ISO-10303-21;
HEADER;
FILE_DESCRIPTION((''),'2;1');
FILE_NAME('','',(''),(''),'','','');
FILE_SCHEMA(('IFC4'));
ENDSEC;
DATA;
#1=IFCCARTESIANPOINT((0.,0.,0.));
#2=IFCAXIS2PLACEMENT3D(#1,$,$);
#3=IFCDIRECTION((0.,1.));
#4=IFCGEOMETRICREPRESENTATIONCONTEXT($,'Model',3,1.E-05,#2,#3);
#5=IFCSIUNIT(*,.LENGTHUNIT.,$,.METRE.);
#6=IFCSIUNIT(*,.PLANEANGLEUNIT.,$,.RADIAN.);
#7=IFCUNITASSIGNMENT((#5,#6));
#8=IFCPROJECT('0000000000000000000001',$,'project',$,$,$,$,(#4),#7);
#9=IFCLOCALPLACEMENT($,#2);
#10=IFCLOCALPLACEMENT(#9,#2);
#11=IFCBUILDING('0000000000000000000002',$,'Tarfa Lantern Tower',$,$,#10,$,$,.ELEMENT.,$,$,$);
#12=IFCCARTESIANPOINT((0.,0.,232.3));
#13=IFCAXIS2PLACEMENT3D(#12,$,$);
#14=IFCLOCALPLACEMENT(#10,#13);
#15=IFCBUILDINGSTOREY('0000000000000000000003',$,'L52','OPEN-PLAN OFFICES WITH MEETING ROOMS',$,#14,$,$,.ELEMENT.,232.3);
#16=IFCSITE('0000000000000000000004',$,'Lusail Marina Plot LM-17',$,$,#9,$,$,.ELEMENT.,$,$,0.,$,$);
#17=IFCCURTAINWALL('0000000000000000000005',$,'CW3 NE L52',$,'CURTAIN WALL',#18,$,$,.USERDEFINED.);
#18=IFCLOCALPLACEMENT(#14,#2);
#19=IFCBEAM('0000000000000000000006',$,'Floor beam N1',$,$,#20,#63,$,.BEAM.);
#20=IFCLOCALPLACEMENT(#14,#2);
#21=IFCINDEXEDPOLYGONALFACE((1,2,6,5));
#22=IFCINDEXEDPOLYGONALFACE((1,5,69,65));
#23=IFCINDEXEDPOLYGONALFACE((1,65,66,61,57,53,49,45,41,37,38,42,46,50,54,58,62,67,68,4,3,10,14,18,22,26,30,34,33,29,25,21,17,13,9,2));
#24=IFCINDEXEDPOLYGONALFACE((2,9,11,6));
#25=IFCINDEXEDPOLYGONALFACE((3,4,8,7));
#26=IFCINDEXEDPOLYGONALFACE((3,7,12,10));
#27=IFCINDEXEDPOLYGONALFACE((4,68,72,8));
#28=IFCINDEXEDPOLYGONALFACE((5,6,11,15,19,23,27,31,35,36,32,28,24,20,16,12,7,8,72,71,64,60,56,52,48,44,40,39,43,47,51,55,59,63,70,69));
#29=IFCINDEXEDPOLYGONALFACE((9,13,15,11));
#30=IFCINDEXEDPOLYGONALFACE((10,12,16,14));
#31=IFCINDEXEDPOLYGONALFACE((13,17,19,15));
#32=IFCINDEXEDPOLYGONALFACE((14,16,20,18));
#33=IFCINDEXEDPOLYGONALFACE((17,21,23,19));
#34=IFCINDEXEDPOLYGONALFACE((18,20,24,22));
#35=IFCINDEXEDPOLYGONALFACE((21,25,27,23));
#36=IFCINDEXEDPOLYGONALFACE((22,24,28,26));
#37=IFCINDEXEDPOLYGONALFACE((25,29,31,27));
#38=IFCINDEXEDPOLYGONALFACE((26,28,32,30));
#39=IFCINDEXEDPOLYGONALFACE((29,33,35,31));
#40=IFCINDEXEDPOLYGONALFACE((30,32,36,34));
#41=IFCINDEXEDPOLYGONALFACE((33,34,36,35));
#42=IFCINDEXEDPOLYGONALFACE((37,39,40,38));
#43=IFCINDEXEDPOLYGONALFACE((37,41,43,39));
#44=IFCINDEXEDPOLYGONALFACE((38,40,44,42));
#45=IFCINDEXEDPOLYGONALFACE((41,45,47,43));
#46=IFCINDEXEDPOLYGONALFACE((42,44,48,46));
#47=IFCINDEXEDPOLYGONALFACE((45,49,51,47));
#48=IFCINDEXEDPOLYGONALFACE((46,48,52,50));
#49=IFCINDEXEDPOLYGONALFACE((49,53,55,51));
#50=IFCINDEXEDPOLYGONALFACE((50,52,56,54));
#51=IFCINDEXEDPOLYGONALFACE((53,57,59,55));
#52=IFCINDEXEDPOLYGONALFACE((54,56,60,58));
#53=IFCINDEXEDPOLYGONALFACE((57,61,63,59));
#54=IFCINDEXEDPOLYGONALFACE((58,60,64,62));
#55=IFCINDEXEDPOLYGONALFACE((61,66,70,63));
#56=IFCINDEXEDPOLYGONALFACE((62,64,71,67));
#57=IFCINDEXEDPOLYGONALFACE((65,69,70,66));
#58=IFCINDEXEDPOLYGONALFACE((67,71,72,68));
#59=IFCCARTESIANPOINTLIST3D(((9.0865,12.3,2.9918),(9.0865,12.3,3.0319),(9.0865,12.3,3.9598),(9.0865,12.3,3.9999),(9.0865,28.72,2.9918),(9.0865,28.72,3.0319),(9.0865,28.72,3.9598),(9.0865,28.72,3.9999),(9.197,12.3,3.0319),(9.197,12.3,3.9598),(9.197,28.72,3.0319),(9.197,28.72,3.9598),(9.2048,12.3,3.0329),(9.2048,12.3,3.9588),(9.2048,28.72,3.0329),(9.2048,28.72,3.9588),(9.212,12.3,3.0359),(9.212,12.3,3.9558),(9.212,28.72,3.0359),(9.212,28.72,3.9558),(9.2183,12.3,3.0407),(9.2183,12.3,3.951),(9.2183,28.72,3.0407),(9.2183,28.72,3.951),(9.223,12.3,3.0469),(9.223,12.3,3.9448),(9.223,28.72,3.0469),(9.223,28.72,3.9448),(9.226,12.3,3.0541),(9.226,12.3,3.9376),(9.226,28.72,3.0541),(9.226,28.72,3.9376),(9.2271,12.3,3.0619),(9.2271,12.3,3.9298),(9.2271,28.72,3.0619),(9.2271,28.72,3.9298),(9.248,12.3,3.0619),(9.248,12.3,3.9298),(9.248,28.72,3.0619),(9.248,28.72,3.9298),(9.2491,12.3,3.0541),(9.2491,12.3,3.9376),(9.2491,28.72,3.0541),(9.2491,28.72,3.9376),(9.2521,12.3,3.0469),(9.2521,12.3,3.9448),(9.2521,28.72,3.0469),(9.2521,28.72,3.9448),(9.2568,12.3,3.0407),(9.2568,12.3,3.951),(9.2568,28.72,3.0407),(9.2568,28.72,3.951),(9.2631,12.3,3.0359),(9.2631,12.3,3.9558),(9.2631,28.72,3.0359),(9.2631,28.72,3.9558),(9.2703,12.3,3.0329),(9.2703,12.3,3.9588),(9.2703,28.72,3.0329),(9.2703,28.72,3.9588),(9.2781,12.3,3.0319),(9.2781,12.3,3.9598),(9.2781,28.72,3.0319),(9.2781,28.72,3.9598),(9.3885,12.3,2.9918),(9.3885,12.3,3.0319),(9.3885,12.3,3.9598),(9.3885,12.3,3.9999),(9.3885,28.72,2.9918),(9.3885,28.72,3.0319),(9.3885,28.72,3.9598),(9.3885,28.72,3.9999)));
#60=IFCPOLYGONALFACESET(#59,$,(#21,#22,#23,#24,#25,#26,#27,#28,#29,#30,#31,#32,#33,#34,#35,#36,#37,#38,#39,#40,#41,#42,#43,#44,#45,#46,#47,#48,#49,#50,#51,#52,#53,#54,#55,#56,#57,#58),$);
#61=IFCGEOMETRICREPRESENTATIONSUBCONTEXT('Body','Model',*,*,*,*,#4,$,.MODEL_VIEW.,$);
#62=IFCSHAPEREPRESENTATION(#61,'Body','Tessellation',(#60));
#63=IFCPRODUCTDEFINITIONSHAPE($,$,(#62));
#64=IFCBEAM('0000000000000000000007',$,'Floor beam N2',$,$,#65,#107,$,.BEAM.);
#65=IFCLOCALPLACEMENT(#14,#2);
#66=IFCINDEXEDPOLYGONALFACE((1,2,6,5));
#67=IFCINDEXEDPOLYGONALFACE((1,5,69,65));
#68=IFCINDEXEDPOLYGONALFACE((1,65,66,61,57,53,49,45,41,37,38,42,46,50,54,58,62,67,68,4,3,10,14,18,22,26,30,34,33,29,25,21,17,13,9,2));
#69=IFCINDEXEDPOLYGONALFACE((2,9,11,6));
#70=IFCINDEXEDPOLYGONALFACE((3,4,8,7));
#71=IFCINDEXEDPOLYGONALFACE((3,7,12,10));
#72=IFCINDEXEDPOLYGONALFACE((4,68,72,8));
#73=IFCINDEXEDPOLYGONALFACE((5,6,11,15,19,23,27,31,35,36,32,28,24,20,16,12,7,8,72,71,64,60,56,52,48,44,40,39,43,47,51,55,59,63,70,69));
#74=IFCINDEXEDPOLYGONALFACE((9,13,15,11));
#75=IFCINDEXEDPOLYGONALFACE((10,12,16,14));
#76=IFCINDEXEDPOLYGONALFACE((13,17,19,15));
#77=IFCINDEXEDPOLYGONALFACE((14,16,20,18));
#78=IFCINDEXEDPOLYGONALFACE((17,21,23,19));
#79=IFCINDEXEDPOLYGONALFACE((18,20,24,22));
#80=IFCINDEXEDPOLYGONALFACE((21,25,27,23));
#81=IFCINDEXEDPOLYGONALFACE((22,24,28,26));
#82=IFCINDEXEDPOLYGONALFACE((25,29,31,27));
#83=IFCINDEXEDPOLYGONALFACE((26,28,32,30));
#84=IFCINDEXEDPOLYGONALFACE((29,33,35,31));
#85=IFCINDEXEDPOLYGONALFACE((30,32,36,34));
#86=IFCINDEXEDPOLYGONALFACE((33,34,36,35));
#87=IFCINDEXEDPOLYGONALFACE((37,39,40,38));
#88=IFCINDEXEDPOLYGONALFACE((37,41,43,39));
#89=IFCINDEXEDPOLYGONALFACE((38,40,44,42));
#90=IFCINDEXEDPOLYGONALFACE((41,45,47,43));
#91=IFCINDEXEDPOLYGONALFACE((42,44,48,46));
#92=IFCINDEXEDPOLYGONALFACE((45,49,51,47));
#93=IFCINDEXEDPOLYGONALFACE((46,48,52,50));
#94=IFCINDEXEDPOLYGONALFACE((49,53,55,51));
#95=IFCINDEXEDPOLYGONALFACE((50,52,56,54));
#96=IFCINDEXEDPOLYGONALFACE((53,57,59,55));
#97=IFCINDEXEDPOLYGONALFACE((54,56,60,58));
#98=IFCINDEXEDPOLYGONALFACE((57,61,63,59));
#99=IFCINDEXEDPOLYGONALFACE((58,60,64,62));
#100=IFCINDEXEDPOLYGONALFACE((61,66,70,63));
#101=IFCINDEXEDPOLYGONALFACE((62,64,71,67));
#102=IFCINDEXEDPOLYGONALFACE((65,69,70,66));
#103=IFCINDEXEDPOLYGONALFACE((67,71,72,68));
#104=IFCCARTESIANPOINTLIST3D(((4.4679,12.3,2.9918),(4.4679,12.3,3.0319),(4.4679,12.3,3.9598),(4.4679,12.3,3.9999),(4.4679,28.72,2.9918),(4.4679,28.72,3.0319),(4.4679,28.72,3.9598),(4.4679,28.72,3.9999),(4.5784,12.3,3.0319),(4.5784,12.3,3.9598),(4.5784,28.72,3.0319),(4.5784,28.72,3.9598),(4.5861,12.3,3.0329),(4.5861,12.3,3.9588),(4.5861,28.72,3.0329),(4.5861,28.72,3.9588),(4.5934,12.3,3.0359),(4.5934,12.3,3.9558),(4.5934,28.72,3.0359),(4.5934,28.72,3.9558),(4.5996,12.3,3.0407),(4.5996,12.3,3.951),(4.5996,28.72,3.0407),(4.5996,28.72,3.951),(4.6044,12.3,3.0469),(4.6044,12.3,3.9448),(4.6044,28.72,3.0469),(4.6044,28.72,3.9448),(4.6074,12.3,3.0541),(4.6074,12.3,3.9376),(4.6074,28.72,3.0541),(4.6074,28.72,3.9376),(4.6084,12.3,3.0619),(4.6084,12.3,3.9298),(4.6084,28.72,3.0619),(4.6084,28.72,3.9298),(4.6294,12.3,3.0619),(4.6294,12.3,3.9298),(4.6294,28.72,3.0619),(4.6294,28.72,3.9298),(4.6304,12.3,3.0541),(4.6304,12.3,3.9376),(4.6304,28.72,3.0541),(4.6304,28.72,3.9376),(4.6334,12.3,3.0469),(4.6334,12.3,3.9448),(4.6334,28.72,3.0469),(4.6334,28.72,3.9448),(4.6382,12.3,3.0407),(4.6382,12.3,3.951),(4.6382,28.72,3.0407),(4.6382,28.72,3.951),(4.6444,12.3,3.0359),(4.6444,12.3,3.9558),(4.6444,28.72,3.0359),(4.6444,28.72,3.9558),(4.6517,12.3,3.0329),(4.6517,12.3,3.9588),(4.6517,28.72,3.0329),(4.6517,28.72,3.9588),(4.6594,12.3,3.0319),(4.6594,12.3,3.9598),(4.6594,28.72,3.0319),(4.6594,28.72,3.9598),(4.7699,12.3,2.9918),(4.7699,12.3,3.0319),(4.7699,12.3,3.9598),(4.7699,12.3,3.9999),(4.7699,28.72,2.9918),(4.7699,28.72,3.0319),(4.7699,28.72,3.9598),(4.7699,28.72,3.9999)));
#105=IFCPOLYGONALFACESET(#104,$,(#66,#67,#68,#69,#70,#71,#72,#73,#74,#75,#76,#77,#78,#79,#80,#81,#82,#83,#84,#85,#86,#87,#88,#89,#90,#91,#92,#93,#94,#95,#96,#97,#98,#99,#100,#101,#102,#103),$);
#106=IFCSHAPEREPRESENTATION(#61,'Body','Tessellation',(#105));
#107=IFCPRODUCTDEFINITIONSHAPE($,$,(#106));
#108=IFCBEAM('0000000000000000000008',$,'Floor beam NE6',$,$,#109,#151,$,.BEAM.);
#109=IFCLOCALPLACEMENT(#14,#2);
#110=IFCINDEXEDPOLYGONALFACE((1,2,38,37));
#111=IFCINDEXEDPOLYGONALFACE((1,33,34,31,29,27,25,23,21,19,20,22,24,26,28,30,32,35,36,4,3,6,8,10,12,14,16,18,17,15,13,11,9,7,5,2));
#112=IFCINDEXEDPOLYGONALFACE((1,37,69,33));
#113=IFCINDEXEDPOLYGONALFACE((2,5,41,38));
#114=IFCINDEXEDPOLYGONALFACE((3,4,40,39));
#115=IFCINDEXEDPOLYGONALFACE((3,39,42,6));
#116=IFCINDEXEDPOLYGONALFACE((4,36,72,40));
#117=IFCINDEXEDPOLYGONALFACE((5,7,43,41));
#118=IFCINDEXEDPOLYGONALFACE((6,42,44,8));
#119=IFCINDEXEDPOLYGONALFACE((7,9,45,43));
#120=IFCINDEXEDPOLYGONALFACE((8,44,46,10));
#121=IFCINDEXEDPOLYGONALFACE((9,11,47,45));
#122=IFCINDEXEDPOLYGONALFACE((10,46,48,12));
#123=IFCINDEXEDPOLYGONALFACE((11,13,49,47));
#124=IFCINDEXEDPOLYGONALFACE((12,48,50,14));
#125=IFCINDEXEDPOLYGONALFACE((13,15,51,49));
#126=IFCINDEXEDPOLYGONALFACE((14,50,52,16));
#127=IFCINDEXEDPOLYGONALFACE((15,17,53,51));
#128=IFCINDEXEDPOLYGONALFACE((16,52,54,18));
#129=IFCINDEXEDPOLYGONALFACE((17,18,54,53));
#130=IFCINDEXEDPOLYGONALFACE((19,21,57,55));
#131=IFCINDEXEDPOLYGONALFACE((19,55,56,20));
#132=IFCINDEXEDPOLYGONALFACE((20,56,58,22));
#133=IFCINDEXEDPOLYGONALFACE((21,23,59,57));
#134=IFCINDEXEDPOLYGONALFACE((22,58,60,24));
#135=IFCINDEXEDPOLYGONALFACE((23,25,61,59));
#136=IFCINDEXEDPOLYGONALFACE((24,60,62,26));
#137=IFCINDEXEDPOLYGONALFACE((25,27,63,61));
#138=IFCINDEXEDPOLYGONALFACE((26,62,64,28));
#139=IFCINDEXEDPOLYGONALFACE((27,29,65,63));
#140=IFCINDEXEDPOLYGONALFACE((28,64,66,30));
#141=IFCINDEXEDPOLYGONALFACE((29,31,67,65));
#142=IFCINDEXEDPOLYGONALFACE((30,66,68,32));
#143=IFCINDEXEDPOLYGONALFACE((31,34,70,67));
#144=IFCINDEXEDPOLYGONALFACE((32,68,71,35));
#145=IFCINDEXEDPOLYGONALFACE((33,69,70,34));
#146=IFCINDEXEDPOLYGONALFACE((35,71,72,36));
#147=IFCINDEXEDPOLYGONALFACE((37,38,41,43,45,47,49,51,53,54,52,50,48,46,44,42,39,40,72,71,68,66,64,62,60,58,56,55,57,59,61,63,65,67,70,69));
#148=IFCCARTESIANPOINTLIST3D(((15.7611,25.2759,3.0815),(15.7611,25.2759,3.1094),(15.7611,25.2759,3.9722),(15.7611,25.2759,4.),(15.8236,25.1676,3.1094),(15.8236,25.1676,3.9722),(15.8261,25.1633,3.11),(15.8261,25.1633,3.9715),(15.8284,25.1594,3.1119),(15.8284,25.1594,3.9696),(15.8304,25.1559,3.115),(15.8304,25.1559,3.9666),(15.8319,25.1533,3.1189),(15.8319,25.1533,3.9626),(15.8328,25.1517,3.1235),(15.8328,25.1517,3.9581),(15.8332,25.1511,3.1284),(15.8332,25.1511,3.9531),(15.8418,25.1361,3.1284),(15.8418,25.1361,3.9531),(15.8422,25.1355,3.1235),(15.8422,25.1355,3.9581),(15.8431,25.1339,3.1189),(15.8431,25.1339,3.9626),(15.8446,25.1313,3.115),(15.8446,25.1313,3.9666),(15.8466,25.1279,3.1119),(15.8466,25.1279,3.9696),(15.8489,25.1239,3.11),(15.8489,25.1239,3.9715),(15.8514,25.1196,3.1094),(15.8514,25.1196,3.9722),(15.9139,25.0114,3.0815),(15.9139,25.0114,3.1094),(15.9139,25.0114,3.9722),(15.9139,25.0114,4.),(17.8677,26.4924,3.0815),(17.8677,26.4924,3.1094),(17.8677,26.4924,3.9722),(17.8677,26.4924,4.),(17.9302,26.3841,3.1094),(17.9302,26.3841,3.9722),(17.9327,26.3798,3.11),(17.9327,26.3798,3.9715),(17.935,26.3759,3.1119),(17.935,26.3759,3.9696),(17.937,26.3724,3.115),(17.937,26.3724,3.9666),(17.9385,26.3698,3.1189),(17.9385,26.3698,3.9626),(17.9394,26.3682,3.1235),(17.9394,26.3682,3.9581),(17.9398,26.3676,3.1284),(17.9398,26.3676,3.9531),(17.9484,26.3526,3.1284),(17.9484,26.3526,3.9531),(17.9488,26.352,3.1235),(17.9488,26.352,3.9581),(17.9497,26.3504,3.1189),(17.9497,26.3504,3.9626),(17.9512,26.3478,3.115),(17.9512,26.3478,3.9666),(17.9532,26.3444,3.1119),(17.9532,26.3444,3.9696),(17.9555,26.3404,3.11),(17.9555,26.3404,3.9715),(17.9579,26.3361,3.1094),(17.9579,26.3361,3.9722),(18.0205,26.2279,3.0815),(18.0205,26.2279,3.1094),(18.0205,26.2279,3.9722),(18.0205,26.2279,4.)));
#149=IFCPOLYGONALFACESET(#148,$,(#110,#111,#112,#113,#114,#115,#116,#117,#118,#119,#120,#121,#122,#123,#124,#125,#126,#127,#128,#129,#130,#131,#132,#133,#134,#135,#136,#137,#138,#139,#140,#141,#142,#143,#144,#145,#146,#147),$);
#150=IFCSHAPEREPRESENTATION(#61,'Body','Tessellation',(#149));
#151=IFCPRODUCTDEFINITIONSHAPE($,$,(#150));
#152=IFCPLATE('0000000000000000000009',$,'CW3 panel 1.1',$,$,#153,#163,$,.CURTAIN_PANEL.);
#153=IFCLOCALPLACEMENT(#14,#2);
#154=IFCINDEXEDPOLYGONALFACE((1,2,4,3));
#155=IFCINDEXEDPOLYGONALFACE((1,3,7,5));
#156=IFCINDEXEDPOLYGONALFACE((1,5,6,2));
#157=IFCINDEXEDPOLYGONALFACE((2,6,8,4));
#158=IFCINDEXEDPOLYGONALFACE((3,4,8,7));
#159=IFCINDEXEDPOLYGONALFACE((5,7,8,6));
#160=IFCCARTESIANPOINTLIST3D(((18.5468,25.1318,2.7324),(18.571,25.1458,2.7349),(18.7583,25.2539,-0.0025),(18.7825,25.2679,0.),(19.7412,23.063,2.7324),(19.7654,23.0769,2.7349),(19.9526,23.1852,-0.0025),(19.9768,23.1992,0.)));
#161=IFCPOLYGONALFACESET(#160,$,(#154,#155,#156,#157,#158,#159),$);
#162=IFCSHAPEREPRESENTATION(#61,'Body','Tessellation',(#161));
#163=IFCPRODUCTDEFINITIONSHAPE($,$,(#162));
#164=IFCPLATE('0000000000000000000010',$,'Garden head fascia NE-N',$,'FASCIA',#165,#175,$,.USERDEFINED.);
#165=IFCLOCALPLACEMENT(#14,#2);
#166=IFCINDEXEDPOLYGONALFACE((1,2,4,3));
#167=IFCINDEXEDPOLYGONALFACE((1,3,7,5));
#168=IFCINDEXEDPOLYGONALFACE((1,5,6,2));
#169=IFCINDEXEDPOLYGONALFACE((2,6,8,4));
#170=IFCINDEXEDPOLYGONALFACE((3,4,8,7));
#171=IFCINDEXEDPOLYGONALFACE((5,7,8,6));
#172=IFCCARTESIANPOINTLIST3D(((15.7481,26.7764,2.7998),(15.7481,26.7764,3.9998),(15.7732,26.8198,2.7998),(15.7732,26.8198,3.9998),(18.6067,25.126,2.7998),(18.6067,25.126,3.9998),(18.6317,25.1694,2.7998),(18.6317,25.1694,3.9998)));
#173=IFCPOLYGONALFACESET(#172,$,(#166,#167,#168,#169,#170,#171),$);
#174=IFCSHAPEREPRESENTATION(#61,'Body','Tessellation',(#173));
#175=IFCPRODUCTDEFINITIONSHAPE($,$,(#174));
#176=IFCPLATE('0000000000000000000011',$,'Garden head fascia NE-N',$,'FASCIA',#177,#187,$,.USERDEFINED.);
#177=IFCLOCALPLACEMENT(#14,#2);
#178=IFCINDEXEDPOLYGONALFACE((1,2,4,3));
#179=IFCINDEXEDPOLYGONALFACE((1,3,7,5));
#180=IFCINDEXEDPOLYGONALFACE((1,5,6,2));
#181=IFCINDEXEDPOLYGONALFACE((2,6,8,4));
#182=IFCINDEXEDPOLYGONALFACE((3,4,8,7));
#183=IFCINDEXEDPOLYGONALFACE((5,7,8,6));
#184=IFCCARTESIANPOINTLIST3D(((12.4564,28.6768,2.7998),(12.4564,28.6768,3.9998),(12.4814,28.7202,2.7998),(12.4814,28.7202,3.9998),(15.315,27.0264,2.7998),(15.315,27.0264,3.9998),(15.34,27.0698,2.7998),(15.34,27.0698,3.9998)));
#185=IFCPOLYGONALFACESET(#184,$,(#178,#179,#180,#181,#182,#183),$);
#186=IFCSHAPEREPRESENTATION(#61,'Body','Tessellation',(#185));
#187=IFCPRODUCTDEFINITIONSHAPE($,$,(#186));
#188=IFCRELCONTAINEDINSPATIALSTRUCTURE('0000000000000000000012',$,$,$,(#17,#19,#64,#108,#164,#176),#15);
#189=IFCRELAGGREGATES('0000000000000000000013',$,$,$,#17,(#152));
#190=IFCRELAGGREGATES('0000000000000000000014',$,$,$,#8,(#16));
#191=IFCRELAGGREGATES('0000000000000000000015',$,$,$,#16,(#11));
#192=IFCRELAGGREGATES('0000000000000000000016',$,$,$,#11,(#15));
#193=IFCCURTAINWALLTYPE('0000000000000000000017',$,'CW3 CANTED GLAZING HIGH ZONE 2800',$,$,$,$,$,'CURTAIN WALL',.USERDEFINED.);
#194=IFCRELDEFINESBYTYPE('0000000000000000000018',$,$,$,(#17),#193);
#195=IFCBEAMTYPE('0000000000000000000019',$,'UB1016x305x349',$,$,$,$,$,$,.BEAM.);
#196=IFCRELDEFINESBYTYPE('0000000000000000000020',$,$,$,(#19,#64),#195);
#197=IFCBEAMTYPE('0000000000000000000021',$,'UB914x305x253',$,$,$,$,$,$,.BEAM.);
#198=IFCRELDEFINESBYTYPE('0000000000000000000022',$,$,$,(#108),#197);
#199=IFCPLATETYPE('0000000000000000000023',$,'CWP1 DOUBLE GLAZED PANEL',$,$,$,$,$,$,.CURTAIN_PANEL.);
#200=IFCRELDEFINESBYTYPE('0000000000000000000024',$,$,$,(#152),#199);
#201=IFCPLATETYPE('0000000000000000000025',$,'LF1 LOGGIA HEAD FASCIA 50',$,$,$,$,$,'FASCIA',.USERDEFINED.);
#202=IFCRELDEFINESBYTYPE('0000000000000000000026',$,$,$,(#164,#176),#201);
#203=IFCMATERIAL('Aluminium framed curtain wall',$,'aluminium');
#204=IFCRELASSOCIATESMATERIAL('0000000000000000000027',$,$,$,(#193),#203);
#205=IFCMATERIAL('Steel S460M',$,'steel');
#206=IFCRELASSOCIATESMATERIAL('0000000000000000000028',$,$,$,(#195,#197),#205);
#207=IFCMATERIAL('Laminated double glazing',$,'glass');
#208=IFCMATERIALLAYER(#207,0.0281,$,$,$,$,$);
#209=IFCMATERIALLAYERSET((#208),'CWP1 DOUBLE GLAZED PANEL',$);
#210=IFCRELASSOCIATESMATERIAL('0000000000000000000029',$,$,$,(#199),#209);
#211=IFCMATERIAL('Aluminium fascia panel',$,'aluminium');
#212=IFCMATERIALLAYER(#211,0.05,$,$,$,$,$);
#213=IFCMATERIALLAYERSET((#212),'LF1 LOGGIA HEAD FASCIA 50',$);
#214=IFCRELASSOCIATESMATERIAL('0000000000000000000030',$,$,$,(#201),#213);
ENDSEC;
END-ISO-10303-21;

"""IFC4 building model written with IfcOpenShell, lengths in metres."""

from ifc_helpers import new_model, si_unit, direction, frame, origin, origin_2d, place, context, subcontext, project, spatial, polyline, rectangle, i_section, outline, extrude, material, layer, layer_set, material_profile, profile_set, type_object, element, aggregate, save


model = new_model("IFC4")

# Units and contexts
model_context = context("Model", 3, precision=1e-05, world=origin(), true_north=direction((0.0, 1.0)))
body_context = subcontext(model_context, "Body", "Model", "MODEL_VIEW")
ifc_project = project(units=[si_unit("LENGTHUNIT", "METRE"), si_unit("PLANEANGLEUNIT", "RADIAN")], contexts=[model_context])

# Site, building, storey
site_placement = place(None, origin())
site = spatial("IfcSite", under=ifc_project, at=site_placement, Name="Lusail Marina Plot LM-17", CompositionType="ELEMENT", RefElevation=0.0)
building_placement = place(site_placement, origin())
building = spatial("IfcBuilding", under=site, at=building_placement, Name="Tarfa Lantern Tower", CompositionType="ELEMENT")
storey_placement = place(building_placement, frame((0.0, 0.0, 232.3)))
storey = spatial("IfcBuildingStorey", under=building, at=storey_placement, Name="L52", Description="OPEN-PLAN OFFICES WITH MEETING ROOMS", CompositionType="ELEMENT", Elevation=232.3)

# Curtain wall
ifc_material_1 = material(Name="Aluminium framed curtain wall", Category="aluminium")
curtain_wall_type = type_object("IfcCurtainWallType", Name="CW3 CANTED GLAZING HIGH ZONE 2800", ElementType="CURTAIN WALL", PredefinedType="USERDEFINED", material=ifc_material_1)
curtain_wall_placement = place(storey_placement, origin())
curtain_wall = element("IfcCurtainWall", 1, at=curtain_wall_placement, inside=storey, type_object=curtain_wall_type, Name="CW3 NE L52", ObjectType="CURTAIN WALL", PredefinedType="USERDEFINED")

# Beams
ifc_material_2 = material(Name="Steel S460M", Category="steel")
ifc_material_profile_1 = material_profile(ifc_material_2, i_section(OverallWidth=0.302, OverallDepth=1.0081, WebThickness=0.021, FlangeThickness=0.04, FilletRadius=0.03, at=origin_2d()), Name="UB1016x305x349")
ifc_profile_set_1 = profile_set([ifc_material_profile_1], Name="Steel S460M")
beam_type_1 = type_object("IfcBeamType", Name="UB1016x305x349", PredefinedType="BEAM", material=ifc_profile_set_1)
for number, where, z_axis, x_axis, name in (
    (2, (9.2375, 28.72, 3.4958), (0.0, -1.0, 0.0), (1.0, 0.0, 0.0), "Floor beam N1"),
    (3, (4.6189, 28.72, 3.4958), (0.0, -1.0, 0.0), (1.0, 0.0, 0.0), "Floor beam N2"),
):
    element("IfcBeam", number, at=place(storey_placement, frame(where, z_axis=z_axis, x_axis=x_axis)), inside=storey, type_object=beam_type_1, Name=name, PredefinedType="BEAM", context=body_context, shape_type="SweptSolid", body=[
        extrude(i_section(OverallWidth=0.302, OverallDepth=1.0081, WebThickness=0.021, FlangeThickness=0.04, FilletRadius=0.03, at=origin_2d()), origin(), (0.0, 0.0, 1.0), 16.4199),
    ])
ifc_material_profile_2 = material_profile(ifc_material_2, i_section(OverallWidth=0.3054, OverallDepth=0.9185, WebThickness=0.0173, FlangeThickness=0.0278, FilletRadius=0.019, at=origin_2d()), Name="UB914x305x253")
ifc_profile_set_2 = profile_set([ifc_material_profile_2], Name="Steel S460M")
beam_type_2 = type_object("IfcBeamType", Name="UB914x305x253", PredefinedType="BEAM", material=ifc_profile_set_2)
beam_1_placement = place(storey_placement, frame((17.9441, 26.3601, 3.5408), z_axis=(-0.86598, -0.500079, 0.0), x_axis=(0.500079, -0.86598, 0.0)))
element("IfcBeam", 4, at=beam_1_placement, inside=storey, type_object=beam_type_2, Name="Floor beam NE6", PredefinedType="BEAM", context=body_context, shape_type="SweptSolid", body=[
    extrude(i_section(OverallWidth=0.3054, OverallDepth=0.9185, WebThickness=0.0173, FlangeThickness=0.0278, FilletRadius=0.019, at=origin_2d()), origin(), (0.0, 0.0, 1.0), 2.4326),
])

# Plate
ifc_material_3 = material(Name="Laminated double glazing", Category="glass")
ifc_layer_1 = layer(ifc_material_3, 0.0281)
ifc_layer_set_1 = layer_set([ifc_layer_1], Name="CWP1 DOUBLE GLAZED PANEL")
plate_type_1 = type_object("IfcPlateType", Name="CWP1 DOUBLE GLAZED PANEL", PredefinedType="CURTAIN_PANEL", material=ifc_layer_set_1)
plate_1_placement = place(storey_placement, frame((19.9768, 23.1992, 0.0), z_axis=(0.862601, 0.498005, 0.088936), x_axis=(-0.499987, 0.866033, 0.000002)))
plate_1 = element("IfcPlate", 5, at=plate_1_placement, type_object=plate_type_1, Name="CW3 panel 1.1", PredefinedType="CURTAIN_PANEL", context=body_context, shape_type="SweptSolid", body=[
    extrude(outline(polyline([(0.0, 0.0), (2.3886, 0.0), (2.3886, 2.7457), (-0.0002, 2.7457), (0.0, 0.0)])), origin(), (0.0, 0.0, -1.0), 0.0281),
])
aggregate(curtain_wall, [plate_1])

# Plates
ifc_material_4 = material(Name="Aluminium fascia panel", Category="aluminium")
ifc_layer_2 = layer(ifc_material_4, 0.05)
ifc_layer_set_2 = layer_set([ifc_layer_2], Name="LF1 LOGGIA HEAD FASCIA 50")
plate_type_2 = type_object("IfcPlateType", Name="LF1 LOGGIA HEAD FASCIA 50", ElementType="FASCIA", PredefinedType="USERDEFINED", material=ifc_layer_set_2)
for number, where, z_axis, x_axis, name in (
    (6, (17.1899, 25.9729, 2.7998), (0.0, 0.0, 1.0), (-0.866025, 0.5, 0.0), "Garden head fascia NE-N"),
    (7, (13.8982, 27.8733, 2.7998), (0.0, 0.0, 1.0), (-0.866025, 0.5, 0.0), "Garden head fascia NE-N"),
):
    element("IfcPlate", number, at=place(storey_placement, frame(where, z_axis=z_axis, x_axis=x_axis)), inside=storey, type_object=plate_type_2, Name=name, ObjectType="FASCIA", PredefinedType="USERDEFINED", context=body_context, shape_type="SweptSolid", body=[
        extrude(rectangle(XDim=3.3008, YDim=0.05, at=origin_2d()), origin(), (0.0, 0.0, 1.0), 1.2),
    ])

save(model, "model.ifc")
